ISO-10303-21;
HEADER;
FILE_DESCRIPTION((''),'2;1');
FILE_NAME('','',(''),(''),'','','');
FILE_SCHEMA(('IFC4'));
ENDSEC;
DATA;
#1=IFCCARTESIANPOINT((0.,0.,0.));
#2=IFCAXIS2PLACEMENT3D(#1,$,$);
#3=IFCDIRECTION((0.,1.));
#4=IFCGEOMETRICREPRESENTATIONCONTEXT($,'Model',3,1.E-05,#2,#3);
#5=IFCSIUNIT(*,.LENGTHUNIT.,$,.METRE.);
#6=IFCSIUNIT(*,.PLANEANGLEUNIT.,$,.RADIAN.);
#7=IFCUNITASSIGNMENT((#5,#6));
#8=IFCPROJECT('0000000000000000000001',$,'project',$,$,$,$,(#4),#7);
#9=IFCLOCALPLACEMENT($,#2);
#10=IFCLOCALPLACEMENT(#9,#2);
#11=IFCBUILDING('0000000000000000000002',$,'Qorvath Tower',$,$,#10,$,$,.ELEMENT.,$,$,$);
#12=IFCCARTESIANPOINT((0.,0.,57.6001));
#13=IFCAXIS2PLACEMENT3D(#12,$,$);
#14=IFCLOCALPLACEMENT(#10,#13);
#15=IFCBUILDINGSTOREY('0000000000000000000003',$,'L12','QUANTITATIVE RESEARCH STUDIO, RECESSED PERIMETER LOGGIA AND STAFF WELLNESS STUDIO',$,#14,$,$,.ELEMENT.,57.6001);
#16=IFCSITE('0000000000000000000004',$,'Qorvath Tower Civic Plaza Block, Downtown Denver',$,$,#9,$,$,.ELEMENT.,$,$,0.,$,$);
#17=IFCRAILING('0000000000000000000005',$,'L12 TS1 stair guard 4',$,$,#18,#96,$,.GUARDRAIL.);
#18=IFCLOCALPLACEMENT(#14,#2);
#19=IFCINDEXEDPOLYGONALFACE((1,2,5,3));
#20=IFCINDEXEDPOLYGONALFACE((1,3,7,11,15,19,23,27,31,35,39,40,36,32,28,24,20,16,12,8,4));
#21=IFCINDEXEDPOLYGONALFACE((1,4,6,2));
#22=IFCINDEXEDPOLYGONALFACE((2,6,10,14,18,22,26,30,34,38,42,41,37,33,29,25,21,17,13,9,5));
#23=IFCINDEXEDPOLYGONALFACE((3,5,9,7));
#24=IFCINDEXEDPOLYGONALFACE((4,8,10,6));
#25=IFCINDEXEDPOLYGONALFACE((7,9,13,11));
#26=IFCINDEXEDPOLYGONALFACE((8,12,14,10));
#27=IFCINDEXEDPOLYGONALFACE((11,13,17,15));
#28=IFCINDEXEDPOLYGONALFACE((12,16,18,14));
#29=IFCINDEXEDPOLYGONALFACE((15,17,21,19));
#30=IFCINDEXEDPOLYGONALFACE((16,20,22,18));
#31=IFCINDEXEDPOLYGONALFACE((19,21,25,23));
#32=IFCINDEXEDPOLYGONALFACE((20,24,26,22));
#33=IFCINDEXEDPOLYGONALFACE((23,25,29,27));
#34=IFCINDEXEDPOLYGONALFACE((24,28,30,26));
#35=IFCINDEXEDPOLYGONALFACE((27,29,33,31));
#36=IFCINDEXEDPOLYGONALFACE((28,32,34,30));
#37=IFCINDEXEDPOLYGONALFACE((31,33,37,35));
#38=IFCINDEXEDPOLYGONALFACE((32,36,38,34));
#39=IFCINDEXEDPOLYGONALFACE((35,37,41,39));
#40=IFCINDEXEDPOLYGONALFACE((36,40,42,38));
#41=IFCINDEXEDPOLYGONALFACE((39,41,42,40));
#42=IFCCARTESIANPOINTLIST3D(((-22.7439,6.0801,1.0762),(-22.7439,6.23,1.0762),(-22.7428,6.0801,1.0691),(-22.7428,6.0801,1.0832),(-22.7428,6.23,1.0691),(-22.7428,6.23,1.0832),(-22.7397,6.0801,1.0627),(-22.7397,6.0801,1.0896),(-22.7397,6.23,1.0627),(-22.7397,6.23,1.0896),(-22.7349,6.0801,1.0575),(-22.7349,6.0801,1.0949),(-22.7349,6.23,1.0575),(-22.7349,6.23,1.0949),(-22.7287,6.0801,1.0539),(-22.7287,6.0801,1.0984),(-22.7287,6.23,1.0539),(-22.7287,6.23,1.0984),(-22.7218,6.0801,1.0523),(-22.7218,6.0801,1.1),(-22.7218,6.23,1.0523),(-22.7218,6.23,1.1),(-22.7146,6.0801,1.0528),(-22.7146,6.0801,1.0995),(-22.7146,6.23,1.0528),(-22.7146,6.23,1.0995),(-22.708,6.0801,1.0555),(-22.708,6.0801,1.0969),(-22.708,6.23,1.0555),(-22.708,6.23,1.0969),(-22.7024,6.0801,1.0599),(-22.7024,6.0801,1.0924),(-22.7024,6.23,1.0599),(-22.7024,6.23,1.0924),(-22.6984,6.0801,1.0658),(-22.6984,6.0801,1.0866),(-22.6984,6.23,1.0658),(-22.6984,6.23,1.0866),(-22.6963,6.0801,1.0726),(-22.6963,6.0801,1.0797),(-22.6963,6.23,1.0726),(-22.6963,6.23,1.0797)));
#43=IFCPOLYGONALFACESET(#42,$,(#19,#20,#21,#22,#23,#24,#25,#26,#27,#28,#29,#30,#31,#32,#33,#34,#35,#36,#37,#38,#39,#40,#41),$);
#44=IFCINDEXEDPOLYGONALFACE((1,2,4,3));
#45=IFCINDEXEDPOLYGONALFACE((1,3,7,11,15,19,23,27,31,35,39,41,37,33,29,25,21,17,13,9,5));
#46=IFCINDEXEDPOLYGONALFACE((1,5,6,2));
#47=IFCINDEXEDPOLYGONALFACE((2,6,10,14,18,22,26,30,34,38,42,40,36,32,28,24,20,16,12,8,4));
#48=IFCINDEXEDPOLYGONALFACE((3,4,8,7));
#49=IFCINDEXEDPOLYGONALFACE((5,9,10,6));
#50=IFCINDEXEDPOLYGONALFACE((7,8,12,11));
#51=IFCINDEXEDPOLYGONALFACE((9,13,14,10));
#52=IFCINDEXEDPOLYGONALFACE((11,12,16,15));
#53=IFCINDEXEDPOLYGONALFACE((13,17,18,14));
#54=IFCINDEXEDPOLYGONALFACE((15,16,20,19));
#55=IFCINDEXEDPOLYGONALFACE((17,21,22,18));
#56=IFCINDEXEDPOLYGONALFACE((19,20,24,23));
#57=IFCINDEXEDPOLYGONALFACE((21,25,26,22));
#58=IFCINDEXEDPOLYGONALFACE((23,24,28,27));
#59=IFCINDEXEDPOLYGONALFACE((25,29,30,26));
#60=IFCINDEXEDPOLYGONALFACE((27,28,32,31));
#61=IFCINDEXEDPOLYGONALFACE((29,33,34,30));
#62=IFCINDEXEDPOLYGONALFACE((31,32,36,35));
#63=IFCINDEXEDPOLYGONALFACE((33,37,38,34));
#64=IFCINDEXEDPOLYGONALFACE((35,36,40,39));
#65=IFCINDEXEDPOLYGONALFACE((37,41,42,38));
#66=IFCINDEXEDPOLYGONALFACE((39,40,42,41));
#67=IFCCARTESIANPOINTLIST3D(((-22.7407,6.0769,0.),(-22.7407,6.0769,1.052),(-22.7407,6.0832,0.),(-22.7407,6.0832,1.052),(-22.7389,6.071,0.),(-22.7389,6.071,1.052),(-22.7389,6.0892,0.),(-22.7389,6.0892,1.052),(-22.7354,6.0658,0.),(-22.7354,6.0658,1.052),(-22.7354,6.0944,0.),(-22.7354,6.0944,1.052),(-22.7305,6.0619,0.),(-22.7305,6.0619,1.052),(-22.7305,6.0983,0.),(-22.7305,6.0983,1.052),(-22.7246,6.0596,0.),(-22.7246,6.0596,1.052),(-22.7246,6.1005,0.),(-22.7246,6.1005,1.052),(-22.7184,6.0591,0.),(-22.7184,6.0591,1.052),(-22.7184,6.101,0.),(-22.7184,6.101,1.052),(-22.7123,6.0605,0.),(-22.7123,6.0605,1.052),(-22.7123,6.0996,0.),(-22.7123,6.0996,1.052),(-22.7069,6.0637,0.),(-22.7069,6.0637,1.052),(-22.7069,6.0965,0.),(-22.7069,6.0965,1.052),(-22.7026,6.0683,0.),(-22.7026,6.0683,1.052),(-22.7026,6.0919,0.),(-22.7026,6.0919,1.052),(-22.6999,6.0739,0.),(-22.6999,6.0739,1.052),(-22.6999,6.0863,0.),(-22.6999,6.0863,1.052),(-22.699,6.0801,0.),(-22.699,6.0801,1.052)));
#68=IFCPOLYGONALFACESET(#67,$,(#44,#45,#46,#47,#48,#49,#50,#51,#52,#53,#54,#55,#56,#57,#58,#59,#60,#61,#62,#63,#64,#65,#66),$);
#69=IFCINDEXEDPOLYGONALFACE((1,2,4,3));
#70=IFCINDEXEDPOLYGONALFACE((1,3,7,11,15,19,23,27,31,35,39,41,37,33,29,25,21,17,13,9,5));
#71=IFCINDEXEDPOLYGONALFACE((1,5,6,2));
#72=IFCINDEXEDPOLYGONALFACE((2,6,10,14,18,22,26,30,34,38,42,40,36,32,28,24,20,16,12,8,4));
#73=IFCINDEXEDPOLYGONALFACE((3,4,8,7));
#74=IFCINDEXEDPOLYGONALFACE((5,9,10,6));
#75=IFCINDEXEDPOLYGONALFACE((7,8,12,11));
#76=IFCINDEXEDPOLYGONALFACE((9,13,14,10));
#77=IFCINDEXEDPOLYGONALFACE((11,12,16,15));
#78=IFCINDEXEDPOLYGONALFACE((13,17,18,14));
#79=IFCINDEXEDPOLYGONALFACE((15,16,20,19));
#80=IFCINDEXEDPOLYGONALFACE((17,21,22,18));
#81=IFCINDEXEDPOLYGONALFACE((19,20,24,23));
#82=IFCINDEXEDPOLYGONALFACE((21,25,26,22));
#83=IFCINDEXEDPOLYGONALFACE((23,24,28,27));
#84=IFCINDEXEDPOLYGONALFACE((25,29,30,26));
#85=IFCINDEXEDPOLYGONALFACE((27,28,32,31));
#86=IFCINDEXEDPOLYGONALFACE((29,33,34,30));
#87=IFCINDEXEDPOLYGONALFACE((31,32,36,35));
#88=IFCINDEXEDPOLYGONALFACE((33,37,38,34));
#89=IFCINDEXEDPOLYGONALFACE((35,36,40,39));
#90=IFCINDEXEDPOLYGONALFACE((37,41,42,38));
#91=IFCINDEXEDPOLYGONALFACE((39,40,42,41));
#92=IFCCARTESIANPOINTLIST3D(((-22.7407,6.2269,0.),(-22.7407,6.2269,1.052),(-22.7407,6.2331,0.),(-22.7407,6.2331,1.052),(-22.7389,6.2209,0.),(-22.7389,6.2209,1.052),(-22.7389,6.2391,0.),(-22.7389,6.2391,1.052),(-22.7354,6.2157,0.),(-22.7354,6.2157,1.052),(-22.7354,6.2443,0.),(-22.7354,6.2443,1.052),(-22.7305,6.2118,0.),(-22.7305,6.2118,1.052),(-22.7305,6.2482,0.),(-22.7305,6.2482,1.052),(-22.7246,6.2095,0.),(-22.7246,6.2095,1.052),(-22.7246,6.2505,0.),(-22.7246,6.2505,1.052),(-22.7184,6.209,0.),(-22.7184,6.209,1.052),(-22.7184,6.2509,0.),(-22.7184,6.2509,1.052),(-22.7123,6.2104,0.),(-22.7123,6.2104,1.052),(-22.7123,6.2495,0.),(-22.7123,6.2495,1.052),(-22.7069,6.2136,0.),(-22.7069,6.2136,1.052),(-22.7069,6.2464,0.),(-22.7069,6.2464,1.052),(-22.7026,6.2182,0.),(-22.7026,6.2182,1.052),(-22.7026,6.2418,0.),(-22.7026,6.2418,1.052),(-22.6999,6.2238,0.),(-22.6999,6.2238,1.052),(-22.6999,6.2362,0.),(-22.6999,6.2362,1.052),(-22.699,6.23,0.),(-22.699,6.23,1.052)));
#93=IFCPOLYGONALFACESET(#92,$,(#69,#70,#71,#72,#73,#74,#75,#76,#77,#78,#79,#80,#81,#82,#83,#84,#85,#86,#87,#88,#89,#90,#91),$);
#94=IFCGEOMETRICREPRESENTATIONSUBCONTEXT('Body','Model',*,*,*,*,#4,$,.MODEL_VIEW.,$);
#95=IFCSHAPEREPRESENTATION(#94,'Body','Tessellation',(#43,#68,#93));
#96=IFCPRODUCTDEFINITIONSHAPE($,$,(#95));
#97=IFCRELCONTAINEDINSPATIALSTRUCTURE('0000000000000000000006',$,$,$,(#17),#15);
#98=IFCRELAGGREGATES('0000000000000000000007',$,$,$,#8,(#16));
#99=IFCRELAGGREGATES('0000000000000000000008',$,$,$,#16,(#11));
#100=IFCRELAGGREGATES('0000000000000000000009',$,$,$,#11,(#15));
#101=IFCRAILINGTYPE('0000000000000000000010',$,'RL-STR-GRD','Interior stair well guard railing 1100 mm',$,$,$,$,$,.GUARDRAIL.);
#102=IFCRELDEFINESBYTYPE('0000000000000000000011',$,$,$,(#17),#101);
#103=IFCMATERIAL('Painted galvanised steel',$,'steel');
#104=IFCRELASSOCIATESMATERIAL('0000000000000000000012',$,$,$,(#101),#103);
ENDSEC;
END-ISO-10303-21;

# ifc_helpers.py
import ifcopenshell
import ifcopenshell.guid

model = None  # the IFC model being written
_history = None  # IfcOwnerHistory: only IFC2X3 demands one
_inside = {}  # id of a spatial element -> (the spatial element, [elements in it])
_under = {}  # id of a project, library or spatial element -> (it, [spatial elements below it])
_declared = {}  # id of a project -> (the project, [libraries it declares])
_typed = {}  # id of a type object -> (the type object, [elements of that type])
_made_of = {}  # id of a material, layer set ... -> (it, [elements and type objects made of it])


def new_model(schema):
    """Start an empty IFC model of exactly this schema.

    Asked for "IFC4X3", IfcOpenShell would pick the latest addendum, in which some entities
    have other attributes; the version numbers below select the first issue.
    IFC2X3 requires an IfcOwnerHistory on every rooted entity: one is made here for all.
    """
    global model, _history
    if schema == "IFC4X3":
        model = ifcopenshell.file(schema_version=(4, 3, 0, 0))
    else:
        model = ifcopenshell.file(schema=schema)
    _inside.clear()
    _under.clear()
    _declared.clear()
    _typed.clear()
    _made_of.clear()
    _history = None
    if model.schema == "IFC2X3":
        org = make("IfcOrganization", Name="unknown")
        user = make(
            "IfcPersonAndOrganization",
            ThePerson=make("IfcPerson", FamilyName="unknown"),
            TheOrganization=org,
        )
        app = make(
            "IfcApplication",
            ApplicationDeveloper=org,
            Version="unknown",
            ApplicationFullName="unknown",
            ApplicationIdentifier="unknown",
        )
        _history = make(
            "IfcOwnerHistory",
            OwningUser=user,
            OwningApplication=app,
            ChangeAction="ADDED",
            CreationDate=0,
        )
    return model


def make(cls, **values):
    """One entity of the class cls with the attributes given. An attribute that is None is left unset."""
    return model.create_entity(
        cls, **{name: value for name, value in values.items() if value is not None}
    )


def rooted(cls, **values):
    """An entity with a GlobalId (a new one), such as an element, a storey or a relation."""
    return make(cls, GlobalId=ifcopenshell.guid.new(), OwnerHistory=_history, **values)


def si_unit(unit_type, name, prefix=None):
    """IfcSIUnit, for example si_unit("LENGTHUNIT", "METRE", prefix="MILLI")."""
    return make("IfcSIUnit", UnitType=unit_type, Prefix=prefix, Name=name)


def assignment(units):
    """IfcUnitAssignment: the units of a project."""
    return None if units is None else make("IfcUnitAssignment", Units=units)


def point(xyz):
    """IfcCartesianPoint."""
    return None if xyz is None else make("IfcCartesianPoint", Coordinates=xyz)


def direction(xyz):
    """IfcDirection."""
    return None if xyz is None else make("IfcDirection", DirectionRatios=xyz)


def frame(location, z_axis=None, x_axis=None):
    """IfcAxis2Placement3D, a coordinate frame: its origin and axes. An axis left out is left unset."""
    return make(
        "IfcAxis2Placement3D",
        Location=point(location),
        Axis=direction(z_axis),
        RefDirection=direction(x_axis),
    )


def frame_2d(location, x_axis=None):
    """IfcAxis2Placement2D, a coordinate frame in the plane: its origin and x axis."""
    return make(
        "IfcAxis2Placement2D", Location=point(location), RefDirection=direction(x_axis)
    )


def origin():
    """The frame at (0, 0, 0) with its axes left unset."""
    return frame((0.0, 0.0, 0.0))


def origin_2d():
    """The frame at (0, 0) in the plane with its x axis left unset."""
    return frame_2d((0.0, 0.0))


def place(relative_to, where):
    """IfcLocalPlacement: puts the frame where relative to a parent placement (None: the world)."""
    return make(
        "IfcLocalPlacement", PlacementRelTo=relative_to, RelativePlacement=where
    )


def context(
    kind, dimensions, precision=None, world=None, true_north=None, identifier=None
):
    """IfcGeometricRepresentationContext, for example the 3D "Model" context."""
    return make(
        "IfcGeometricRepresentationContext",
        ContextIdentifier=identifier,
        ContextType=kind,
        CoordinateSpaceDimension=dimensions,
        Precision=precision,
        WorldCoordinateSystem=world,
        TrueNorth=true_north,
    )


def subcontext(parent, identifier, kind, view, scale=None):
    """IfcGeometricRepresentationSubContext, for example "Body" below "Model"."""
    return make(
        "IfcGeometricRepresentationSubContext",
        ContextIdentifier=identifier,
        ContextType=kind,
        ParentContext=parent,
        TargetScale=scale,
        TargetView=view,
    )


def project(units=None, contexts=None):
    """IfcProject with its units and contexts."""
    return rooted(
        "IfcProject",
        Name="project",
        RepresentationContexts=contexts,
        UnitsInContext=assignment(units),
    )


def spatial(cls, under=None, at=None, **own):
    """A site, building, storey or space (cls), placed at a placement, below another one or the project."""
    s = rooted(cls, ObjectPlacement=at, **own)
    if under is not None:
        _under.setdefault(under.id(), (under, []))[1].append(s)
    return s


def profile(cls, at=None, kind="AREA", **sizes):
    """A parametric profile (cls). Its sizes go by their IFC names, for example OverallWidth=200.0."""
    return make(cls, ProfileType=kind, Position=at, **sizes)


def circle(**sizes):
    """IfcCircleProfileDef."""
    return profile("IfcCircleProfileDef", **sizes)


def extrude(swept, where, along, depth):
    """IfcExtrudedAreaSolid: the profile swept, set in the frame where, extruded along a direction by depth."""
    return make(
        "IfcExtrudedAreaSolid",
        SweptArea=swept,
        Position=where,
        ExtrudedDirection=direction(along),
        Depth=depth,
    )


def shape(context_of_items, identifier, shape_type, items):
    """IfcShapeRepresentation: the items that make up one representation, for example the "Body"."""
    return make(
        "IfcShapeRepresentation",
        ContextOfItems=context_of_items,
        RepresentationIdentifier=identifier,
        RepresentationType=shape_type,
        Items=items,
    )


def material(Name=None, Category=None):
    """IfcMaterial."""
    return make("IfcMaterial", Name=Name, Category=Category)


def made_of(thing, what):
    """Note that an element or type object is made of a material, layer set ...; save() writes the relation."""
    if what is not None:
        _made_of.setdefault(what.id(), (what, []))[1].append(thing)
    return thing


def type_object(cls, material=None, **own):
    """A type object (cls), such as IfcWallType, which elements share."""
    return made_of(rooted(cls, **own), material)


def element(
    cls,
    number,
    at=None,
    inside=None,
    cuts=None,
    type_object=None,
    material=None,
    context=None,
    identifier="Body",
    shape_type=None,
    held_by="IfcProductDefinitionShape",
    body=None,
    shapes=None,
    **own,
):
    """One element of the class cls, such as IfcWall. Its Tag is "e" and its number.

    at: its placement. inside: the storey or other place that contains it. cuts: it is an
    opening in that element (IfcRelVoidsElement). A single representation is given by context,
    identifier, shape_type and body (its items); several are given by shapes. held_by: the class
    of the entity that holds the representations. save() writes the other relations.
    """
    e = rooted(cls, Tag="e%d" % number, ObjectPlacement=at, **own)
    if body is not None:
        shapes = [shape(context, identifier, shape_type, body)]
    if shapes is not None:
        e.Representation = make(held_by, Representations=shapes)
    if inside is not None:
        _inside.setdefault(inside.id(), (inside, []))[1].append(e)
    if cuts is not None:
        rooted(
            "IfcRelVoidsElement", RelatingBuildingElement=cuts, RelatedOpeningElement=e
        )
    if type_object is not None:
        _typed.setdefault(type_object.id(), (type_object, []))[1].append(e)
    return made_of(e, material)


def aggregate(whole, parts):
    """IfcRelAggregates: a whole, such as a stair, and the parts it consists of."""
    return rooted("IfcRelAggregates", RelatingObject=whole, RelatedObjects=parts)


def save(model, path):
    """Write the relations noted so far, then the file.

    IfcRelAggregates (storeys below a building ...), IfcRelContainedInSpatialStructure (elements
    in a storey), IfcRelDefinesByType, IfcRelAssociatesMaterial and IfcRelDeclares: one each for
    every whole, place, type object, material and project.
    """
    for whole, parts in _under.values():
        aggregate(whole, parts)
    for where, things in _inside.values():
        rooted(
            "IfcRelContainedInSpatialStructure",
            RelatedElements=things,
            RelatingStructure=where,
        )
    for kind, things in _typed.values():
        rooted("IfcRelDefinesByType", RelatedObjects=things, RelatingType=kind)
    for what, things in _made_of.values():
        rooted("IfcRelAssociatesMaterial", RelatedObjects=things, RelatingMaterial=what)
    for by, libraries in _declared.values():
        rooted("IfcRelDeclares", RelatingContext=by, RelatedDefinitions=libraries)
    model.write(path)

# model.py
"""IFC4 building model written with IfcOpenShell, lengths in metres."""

from ifc_helpers import new_model, si_unit, direction, frame, origin, origin_2d, place, context, subcontext, project, spatial, circle, extrude, material, type_object, element, save


model = new_model("IFC4")

# Units and contexts
model_context = context("Model", 3, precision=1e-05, world=origin(), true_north=direction((0.0, 1.0)))
body_context = subcontext(model_context, "Body", "Model", "MODEL_VIEW")
ifc_project = project(units=[si_unit("LENGTHUNIT", "METRE"), si_unit("PLANEANGLEUNIT", "RADIAN")], contexts=[model_context])

# Site, building, storey
site_placement = place(None, origin())
site = spatial("IfcSite", under=ifc_project, at=site_placement, Name="Qorvath Tower Civic Plaza Block, Downtown Denver", CompositionType="ELEMENT", RefElevation=0.0)
building_placement = place(site_placement, origin())
building = spatial("IfcBuilding", under=site, at=building_placement, Name="Qorvath Tower", CompositionType="ELEMENT")
storey_placement = place(building_placement, frame((0.0, 0.0, 57.6001)))
storey = spatial("IfcBuildingStorey", under=building, at=storey_placement, Name="L12", Description="QUANTITATIVE RESEARCH STUDIO, RECESSED PERIMETER LOGGIA AND STAFF WELLNESS STUDIO", CompositionType="ELEMENT", Elevation=57.6001)

# Railing
ifc_material_1 = material(Name="Painted galvanised steel", Category="steel")
railing_type_1 = type_object("IfcRailingType", Name="RL-STR-GRD", Description="Interior stair well guard railing 1100 mm", PredefinedType="GUARDRAIL", material=ifc_material_1)
railing_1_placement = place(storey_placement, frame((-22.72, 6.0801, 0.0)))
element("IfcRailing", 1, at=railing_1_placement, inside=storey, type_object=railing_type_1, Name="L12 TS1 stair guard 4", PredefinedType="GUARDRAIL", context=body_context, shape_type="SweptSolid", body=[
    extrude(circle(Radius=0.0239, at=origin_2d()), frame((0.0, 0.0, 1.0762), z_axis=(0.0, 1.0, 0.0), x_axis=(-1.0, 0.0, 0.0)), (0.0, 0.0, 1.0), 0.1499),
    extrude(circle(Radius=0.021, at=origin_2d()), origin(), (0.0, 0.0, 1.0), 1.052),
    extrude(circle(Radius=0.021, at=origin_2d()), frame((0.0, 0.1499, 0.0)), (0.0, 0.0, 1.0), 1.052),
])

save(model, "model.ifc")
